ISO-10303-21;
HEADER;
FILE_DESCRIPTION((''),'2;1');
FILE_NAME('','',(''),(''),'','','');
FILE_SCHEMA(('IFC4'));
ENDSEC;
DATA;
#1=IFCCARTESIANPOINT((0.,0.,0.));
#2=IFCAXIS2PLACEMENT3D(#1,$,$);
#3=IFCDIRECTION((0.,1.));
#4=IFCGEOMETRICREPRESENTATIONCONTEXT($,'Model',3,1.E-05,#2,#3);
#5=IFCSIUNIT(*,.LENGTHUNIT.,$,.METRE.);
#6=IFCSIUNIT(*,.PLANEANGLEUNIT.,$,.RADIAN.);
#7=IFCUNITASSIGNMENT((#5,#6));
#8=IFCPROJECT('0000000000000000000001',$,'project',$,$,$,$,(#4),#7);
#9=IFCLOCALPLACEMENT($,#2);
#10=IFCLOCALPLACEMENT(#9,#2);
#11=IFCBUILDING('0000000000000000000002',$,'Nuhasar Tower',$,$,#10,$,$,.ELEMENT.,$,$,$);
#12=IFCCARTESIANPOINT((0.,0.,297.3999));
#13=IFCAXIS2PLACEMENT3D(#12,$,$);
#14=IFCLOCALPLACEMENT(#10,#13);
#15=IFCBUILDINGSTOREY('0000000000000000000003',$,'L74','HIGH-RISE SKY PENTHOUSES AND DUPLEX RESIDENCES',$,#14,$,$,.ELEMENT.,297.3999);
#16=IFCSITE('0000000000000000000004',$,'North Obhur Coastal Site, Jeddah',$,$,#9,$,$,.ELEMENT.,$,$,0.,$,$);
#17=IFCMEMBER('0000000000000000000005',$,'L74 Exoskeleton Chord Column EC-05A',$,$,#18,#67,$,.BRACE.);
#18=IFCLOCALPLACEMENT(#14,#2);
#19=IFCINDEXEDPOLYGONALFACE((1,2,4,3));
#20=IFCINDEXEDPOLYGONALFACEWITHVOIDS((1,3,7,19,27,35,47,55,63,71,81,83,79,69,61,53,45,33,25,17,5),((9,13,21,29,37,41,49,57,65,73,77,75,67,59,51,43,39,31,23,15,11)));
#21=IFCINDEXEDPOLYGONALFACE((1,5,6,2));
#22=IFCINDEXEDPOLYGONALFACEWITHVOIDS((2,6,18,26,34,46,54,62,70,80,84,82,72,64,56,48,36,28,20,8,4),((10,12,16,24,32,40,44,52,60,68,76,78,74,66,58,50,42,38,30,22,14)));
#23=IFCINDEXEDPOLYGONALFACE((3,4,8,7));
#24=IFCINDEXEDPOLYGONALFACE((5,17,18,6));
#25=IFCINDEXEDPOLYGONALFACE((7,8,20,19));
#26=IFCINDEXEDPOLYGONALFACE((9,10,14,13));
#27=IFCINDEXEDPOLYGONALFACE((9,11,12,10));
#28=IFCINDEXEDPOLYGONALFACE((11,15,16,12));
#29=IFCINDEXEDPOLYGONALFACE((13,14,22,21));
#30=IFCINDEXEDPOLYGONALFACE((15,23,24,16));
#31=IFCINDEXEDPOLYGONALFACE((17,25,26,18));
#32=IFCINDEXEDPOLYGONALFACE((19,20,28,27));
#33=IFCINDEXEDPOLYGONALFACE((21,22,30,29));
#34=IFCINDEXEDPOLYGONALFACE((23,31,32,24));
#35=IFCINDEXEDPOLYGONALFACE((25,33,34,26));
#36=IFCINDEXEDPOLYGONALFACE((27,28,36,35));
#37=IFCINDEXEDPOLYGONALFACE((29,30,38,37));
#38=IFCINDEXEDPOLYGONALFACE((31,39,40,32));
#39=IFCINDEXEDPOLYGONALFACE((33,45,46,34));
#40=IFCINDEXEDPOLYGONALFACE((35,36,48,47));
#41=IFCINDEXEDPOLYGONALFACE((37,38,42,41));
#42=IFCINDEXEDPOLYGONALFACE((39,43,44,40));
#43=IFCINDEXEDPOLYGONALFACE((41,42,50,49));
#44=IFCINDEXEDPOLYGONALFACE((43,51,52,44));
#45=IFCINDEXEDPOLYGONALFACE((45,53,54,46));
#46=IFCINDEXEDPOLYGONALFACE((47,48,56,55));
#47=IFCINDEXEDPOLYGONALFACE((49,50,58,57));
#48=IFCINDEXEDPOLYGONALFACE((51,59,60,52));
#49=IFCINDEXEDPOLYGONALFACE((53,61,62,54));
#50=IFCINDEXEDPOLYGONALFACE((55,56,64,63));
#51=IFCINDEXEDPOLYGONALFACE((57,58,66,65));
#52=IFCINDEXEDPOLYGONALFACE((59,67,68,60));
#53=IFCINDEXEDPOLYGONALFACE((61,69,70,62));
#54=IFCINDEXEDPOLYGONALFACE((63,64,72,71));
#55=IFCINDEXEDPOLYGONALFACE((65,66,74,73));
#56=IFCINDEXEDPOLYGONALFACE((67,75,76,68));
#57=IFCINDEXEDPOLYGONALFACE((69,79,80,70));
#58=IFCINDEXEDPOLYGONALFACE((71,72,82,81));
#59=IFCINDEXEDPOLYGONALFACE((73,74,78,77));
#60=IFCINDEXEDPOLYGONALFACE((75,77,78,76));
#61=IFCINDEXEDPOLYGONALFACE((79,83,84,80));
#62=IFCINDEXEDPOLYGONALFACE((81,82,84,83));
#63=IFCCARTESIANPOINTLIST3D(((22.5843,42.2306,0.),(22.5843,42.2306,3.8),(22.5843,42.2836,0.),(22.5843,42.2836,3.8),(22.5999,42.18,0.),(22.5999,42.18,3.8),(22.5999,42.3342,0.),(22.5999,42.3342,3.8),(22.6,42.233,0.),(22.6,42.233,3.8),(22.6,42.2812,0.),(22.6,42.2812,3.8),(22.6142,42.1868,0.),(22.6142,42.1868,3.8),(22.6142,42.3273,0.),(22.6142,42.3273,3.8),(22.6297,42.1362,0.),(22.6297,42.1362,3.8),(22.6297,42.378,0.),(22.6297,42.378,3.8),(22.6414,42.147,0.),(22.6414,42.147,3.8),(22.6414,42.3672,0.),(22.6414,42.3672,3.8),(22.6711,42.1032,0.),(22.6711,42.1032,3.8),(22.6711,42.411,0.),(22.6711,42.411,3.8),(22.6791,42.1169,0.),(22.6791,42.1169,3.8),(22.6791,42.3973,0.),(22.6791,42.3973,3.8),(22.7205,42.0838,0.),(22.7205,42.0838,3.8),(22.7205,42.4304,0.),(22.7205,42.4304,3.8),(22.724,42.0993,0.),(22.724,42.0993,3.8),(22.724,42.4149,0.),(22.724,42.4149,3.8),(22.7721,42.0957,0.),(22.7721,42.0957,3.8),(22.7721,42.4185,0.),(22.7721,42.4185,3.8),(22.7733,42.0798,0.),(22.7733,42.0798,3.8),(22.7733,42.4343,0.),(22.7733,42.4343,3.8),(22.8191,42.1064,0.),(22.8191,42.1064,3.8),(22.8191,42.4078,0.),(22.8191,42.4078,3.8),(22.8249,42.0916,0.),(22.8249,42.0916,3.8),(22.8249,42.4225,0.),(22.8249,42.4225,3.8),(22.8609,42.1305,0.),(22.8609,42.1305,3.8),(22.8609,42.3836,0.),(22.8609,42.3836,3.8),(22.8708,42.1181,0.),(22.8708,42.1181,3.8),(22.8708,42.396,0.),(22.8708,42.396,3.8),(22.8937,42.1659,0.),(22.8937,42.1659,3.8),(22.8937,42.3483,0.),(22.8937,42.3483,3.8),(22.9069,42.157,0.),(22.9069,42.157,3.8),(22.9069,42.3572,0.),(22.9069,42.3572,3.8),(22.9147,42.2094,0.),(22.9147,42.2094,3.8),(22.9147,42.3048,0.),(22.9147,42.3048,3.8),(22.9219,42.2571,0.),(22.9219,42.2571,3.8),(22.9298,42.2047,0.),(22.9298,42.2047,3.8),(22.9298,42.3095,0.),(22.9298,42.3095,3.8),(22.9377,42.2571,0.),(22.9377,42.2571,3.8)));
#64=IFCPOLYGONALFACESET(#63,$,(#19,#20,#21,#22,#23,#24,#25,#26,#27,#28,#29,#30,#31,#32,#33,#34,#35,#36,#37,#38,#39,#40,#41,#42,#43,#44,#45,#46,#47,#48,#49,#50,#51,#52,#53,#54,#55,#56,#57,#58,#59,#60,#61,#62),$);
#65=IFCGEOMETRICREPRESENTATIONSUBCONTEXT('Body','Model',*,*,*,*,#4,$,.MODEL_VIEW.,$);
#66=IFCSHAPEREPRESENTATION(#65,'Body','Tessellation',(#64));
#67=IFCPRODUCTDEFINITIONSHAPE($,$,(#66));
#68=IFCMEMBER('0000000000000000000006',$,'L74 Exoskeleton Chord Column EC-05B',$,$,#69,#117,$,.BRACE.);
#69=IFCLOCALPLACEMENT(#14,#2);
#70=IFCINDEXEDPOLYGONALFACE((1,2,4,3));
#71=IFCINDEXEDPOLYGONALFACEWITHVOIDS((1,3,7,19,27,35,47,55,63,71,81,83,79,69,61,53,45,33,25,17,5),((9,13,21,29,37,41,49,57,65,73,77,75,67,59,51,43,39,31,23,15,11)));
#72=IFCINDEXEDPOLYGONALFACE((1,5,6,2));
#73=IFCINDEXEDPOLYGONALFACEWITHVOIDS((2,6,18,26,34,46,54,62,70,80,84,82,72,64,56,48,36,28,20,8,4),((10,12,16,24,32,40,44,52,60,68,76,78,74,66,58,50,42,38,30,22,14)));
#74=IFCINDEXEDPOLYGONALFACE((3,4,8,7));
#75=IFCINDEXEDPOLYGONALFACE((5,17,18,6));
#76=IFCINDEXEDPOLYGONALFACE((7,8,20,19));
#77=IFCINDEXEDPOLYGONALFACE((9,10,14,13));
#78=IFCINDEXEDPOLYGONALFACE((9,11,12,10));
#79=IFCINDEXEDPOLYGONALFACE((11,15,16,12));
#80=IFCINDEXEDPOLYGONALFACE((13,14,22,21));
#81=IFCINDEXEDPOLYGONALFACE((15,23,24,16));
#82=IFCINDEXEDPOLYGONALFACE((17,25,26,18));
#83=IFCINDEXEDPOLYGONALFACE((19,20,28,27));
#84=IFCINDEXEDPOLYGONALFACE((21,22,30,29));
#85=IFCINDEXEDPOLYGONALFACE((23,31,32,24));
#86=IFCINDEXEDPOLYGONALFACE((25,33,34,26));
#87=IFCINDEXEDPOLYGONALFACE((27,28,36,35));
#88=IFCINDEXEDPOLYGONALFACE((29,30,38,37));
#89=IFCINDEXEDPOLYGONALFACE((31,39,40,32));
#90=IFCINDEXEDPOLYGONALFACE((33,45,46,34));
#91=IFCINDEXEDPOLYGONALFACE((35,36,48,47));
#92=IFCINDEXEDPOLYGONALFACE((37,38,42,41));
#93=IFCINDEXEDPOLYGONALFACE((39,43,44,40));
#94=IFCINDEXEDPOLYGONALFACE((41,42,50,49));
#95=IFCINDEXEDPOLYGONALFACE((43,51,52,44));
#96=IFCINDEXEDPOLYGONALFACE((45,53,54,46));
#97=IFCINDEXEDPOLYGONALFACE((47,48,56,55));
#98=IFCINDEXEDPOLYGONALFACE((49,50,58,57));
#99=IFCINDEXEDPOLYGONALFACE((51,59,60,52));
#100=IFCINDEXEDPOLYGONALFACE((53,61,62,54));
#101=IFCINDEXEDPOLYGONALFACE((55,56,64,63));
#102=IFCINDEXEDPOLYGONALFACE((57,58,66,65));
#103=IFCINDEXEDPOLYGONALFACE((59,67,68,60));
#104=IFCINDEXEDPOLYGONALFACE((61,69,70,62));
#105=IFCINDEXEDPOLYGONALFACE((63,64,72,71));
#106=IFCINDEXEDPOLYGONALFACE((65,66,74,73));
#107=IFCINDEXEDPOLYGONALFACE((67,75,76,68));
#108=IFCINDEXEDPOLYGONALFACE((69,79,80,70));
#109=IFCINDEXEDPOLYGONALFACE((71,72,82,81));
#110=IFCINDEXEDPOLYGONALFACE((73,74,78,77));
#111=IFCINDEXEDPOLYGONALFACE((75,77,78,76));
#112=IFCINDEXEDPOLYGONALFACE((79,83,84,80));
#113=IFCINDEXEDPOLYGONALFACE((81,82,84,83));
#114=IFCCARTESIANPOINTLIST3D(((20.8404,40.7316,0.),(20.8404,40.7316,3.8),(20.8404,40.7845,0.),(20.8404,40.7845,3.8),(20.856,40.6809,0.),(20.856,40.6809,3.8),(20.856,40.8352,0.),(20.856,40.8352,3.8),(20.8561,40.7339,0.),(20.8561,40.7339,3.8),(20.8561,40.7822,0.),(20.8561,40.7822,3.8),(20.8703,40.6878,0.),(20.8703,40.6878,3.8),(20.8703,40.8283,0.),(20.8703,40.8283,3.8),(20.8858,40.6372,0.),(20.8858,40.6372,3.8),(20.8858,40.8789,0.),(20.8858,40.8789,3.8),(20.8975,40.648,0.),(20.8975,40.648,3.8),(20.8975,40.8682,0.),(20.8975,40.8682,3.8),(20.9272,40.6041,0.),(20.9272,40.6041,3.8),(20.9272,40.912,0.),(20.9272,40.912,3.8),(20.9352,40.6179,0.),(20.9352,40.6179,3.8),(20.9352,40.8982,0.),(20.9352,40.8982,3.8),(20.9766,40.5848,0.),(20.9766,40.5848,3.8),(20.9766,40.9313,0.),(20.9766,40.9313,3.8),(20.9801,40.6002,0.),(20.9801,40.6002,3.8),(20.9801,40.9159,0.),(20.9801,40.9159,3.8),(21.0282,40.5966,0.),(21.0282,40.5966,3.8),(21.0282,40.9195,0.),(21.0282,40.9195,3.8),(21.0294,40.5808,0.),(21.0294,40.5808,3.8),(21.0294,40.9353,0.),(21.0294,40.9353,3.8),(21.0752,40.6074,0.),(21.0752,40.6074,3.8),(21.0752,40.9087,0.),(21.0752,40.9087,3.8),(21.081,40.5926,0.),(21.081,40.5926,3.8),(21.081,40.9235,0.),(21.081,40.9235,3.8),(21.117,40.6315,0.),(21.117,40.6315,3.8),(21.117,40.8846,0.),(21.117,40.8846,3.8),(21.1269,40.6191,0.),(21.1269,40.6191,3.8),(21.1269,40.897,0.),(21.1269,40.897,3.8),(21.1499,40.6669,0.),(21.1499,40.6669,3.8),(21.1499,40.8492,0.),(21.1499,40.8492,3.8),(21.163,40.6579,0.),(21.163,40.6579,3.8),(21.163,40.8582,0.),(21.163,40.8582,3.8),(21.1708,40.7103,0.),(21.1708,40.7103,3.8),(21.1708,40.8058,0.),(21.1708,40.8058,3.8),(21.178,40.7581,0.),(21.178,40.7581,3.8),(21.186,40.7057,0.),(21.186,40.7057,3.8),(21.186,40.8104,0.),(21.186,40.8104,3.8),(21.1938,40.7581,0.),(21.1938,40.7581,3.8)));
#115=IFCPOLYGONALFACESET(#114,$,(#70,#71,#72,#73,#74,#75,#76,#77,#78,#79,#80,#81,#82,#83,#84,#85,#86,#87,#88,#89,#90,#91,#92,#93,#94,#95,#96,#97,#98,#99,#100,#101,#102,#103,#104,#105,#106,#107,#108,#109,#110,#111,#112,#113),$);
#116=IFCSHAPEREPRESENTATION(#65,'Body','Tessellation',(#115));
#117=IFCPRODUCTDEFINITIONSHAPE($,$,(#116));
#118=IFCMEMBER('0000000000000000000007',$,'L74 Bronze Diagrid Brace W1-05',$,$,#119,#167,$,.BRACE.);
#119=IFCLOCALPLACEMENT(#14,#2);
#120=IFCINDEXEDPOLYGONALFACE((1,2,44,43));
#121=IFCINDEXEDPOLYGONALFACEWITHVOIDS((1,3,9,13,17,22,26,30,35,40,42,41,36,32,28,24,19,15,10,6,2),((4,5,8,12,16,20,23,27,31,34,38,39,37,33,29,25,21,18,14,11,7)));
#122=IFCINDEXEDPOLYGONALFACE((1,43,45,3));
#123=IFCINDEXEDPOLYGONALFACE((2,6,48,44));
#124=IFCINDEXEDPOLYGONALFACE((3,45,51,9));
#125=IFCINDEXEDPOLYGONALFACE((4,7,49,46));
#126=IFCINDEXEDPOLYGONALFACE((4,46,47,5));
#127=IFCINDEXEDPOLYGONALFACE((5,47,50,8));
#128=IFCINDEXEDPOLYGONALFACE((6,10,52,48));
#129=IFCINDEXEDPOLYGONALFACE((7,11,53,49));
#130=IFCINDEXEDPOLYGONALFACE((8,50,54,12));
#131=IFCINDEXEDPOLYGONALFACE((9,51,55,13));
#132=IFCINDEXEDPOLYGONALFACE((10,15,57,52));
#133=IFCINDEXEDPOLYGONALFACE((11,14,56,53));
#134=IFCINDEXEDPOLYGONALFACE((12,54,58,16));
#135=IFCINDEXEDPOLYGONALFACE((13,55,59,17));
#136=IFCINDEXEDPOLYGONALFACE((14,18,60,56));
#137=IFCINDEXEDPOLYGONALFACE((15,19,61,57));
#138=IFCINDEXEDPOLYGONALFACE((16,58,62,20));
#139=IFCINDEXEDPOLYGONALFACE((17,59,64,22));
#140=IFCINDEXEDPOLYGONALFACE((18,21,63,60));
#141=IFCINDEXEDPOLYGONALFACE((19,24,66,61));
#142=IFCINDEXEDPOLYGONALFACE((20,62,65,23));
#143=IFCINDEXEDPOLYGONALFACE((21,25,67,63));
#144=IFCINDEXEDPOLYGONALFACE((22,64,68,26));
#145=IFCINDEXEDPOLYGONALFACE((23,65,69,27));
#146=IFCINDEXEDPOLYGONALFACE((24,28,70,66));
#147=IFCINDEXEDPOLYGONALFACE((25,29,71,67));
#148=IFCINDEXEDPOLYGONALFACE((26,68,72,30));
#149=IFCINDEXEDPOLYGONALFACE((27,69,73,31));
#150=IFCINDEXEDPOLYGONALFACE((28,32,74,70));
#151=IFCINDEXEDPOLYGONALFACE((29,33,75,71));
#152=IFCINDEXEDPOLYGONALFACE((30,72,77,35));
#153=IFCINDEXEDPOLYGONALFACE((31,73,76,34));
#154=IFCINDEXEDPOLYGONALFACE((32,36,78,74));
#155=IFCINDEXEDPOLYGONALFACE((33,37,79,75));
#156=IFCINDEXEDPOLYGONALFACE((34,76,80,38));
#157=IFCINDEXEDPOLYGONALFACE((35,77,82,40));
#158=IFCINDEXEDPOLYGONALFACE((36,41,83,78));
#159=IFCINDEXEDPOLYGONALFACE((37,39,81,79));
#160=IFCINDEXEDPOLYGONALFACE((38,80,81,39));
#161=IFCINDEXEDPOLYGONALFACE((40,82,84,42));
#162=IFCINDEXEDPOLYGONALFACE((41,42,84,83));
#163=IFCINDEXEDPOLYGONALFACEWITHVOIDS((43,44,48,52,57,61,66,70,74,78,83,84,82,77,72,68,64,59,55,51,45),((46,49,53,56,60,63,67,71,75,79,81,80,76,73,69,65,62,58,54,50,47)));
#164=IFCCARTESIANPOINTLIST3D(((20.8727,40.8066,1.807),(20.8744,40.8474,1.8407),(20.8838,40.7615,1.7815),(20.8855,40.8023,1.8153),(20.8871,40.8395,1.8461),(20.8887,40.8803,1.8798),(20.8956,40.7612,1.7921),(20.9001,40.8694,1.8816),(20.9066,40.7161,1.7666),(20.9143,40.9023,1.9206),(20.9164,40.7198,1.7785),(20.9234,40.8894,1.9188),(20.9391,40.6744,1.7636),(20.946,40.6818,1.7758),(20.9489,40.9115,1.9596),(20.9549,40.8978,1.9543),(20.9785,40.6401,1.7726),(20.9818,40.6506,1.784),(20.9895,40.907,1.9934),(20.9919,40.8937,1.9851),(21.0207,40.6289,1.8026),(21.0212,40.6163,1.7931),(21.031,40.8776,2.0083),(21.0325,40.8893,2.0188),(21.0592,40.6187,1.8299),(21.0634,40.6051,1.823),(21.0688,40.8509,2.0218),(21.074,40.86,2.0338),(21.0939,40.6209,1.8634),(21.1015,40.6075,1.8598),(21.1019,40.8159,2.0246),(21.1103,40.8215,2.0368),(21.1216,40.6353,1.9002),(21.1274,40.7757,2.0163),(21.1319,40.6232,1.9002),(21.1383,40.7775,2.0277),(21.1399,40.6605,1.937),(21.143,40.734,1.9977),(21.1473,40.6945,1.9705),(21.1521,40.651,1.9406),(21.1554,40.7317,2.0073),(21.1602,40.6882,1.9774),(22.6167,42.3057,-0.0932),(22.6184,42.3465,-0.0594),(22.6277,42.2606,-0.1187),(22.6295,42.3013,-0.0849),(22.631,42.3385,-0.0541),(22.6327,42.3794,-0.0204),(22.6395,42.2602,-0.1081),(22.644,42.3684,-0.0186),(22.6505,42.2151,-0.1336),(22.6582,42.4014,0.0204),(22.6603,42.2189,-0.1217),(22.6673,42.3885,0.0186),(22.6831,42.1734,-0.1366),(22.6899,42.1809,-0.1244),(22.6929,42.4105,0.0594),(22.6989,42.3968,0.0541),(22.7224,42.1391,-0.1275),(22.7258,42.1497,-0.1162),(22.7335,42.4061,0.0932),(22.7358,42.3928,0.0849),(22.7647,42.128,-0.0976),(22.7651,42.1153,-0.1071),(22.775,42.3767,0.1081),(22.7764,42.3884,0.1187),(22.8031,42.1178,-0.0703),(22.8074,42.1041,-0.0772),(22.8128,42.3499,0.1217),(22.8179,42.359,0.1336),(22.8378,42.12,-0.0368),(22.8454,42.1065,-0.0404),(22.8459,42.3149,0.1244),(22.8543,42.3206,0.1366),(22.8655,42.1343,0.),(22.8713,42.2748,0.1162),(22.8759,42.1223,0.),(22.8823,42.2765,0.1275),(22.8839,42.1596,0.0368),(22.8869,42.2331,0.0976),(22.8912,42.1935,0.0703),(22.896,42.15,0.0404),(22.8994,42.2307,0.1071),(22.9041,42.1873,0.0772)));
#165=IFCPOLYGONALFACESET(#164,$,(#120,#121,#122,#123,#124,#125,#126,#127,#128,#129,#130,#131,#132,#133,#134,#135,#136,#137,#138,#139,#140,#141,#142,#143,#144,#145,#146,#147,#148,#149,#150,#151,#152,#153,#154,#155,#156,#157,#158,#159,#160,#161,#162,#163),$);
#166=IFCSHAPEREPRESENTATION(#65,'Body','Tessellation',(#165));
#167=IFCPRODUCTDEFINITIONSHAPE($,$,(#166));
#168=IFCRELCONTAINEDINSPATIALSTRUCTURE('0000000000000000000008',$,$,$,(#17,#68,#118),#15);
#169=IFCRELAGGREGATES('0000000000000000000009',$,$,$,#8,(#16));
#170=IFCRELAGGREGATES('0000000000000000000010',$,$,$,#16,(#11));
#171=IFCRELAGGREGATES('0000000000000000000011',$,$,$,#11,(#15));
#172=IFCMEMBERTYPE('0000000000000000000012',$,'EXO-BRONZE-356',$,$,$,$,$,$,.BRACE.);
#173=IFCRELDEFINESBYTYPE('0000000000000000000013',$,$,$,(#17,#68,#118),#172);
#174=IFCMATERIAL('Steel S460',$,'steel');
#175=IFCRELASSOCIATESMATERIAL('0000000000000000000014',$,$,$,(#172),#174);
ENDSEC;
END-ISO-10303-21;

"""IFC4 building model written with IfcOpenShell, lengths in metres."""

from ifc_helpers import new_model, si_unit, direction, frame, origin, origin_2d, place, context, subcontext, project, spatial, hollow_circle, extrude, material, material_profile, profile_set, type_object, element, save


model = new_model("IFC4")

# Units and contexts
model_context = context("Model", 3, precision=1e-05, world=origin(), true_north=direction((0.0, 1.0)))
body_context = subcontext(model_context, "Body", "Model", "MODEL_VIEW")
ifc_project = project(units=[si_unit("LENGTHUNIT", "METRE"), si_unit("PLANEANGLEUNIT", "RADIAN")], contexts=[model_context])

# Site, building, storey
site_placement = place(None, origin())
site = spatial("IfcSite", under=ifc_project, at=site_placement, Name="North Obhur Coastal Site, Jeddah", CompositionType="ELEMENT", RefElevation=0.0)
building_placement = place(site_placement, origin())
building = spatial("IfcBuilding", under=site, at=building_placement, Name="Nuhasar Tower", CompositionType="ELEMENT")
storey_placement = place(building_placement, frame((0.0, 0.0, 297.3999)))
storey = spatial("IfcBuildingStorey", under=building, at=storey_placement, Name="L74", Description="HIGH-RISE SKY PENTHOUSES AND DUPLEX RESIDENCES", CompositionType="ELEMENT", Elevation=297.3999)

# Members
ifc_material_1 = material(Name="Steel S460", Category="steel")
ifc_material_profile_1 = material_profile(ifc_material_1, hollow_circle(Radius=0.1777, WallThickness=0.0159, at=origin_2d()), Name="HSS355.6X15.9")
ifc_profile_set_1 = profile_set([ifc_material_profile_1], Name="Steel S460")
member_type_1 = type_object("IfcMemberType", Name="EXO-BRONZE-356", PredefinedType="BRACE", material=ifc_profile_set_1)
for number, where, z_axis, x_axis, name in (
    (1, (22.76, 42.2571, 0.0), (0.0, 0.0, 1.0), (1.0, 0.0, 0.0), "L74 Exoskeleton Chord Column EC-05A"),
    (2, (21.0161, 40.7581, 0.0), (0.0, 0.0, 1.0), (1.0, 0.0, 0.0), "L74 Exoskeleton Chord Column EC-05B"),
):
    element("IfcMember", number, at=place(storey_placement, frame(where, z_axis=z_axis, x_axis=x_axis)), inside=storey, type_object=member_type_1, Name=name, PredefinedType="BRACE", context=body_context, shape_type="SweptSolid", body=[
        extrude(hollow_circle(Radius=0.1777, WallThickness=0.0159, at=origin_2d()), origin(), (0.0, 0.0, 1.0), 3.8),
    ])
member_1_placement = place(storey_placement, frame((22.76, 42.2571, 0.0), z_axis=(-0.584595, -0.502508, 0.636973), x_axis=(0.651857, -0.758342, 0.0)))
element("IfcMember", 3, at=member_1_placement, inside=storey, type_object=member_type_1, Name="L74 Bronze Diagrid Brace W1-05", PredefinedType="BRACE", context=body_context, shape_type="SweptSolid", body=[
    extrude(hollow_circle(Radius=0.1777, WallThickness=0.0159, at=origin_2d()), origin(), (0.0, 0.0, 1.0), 2.9832),
])

save(model, "model.ifc")
